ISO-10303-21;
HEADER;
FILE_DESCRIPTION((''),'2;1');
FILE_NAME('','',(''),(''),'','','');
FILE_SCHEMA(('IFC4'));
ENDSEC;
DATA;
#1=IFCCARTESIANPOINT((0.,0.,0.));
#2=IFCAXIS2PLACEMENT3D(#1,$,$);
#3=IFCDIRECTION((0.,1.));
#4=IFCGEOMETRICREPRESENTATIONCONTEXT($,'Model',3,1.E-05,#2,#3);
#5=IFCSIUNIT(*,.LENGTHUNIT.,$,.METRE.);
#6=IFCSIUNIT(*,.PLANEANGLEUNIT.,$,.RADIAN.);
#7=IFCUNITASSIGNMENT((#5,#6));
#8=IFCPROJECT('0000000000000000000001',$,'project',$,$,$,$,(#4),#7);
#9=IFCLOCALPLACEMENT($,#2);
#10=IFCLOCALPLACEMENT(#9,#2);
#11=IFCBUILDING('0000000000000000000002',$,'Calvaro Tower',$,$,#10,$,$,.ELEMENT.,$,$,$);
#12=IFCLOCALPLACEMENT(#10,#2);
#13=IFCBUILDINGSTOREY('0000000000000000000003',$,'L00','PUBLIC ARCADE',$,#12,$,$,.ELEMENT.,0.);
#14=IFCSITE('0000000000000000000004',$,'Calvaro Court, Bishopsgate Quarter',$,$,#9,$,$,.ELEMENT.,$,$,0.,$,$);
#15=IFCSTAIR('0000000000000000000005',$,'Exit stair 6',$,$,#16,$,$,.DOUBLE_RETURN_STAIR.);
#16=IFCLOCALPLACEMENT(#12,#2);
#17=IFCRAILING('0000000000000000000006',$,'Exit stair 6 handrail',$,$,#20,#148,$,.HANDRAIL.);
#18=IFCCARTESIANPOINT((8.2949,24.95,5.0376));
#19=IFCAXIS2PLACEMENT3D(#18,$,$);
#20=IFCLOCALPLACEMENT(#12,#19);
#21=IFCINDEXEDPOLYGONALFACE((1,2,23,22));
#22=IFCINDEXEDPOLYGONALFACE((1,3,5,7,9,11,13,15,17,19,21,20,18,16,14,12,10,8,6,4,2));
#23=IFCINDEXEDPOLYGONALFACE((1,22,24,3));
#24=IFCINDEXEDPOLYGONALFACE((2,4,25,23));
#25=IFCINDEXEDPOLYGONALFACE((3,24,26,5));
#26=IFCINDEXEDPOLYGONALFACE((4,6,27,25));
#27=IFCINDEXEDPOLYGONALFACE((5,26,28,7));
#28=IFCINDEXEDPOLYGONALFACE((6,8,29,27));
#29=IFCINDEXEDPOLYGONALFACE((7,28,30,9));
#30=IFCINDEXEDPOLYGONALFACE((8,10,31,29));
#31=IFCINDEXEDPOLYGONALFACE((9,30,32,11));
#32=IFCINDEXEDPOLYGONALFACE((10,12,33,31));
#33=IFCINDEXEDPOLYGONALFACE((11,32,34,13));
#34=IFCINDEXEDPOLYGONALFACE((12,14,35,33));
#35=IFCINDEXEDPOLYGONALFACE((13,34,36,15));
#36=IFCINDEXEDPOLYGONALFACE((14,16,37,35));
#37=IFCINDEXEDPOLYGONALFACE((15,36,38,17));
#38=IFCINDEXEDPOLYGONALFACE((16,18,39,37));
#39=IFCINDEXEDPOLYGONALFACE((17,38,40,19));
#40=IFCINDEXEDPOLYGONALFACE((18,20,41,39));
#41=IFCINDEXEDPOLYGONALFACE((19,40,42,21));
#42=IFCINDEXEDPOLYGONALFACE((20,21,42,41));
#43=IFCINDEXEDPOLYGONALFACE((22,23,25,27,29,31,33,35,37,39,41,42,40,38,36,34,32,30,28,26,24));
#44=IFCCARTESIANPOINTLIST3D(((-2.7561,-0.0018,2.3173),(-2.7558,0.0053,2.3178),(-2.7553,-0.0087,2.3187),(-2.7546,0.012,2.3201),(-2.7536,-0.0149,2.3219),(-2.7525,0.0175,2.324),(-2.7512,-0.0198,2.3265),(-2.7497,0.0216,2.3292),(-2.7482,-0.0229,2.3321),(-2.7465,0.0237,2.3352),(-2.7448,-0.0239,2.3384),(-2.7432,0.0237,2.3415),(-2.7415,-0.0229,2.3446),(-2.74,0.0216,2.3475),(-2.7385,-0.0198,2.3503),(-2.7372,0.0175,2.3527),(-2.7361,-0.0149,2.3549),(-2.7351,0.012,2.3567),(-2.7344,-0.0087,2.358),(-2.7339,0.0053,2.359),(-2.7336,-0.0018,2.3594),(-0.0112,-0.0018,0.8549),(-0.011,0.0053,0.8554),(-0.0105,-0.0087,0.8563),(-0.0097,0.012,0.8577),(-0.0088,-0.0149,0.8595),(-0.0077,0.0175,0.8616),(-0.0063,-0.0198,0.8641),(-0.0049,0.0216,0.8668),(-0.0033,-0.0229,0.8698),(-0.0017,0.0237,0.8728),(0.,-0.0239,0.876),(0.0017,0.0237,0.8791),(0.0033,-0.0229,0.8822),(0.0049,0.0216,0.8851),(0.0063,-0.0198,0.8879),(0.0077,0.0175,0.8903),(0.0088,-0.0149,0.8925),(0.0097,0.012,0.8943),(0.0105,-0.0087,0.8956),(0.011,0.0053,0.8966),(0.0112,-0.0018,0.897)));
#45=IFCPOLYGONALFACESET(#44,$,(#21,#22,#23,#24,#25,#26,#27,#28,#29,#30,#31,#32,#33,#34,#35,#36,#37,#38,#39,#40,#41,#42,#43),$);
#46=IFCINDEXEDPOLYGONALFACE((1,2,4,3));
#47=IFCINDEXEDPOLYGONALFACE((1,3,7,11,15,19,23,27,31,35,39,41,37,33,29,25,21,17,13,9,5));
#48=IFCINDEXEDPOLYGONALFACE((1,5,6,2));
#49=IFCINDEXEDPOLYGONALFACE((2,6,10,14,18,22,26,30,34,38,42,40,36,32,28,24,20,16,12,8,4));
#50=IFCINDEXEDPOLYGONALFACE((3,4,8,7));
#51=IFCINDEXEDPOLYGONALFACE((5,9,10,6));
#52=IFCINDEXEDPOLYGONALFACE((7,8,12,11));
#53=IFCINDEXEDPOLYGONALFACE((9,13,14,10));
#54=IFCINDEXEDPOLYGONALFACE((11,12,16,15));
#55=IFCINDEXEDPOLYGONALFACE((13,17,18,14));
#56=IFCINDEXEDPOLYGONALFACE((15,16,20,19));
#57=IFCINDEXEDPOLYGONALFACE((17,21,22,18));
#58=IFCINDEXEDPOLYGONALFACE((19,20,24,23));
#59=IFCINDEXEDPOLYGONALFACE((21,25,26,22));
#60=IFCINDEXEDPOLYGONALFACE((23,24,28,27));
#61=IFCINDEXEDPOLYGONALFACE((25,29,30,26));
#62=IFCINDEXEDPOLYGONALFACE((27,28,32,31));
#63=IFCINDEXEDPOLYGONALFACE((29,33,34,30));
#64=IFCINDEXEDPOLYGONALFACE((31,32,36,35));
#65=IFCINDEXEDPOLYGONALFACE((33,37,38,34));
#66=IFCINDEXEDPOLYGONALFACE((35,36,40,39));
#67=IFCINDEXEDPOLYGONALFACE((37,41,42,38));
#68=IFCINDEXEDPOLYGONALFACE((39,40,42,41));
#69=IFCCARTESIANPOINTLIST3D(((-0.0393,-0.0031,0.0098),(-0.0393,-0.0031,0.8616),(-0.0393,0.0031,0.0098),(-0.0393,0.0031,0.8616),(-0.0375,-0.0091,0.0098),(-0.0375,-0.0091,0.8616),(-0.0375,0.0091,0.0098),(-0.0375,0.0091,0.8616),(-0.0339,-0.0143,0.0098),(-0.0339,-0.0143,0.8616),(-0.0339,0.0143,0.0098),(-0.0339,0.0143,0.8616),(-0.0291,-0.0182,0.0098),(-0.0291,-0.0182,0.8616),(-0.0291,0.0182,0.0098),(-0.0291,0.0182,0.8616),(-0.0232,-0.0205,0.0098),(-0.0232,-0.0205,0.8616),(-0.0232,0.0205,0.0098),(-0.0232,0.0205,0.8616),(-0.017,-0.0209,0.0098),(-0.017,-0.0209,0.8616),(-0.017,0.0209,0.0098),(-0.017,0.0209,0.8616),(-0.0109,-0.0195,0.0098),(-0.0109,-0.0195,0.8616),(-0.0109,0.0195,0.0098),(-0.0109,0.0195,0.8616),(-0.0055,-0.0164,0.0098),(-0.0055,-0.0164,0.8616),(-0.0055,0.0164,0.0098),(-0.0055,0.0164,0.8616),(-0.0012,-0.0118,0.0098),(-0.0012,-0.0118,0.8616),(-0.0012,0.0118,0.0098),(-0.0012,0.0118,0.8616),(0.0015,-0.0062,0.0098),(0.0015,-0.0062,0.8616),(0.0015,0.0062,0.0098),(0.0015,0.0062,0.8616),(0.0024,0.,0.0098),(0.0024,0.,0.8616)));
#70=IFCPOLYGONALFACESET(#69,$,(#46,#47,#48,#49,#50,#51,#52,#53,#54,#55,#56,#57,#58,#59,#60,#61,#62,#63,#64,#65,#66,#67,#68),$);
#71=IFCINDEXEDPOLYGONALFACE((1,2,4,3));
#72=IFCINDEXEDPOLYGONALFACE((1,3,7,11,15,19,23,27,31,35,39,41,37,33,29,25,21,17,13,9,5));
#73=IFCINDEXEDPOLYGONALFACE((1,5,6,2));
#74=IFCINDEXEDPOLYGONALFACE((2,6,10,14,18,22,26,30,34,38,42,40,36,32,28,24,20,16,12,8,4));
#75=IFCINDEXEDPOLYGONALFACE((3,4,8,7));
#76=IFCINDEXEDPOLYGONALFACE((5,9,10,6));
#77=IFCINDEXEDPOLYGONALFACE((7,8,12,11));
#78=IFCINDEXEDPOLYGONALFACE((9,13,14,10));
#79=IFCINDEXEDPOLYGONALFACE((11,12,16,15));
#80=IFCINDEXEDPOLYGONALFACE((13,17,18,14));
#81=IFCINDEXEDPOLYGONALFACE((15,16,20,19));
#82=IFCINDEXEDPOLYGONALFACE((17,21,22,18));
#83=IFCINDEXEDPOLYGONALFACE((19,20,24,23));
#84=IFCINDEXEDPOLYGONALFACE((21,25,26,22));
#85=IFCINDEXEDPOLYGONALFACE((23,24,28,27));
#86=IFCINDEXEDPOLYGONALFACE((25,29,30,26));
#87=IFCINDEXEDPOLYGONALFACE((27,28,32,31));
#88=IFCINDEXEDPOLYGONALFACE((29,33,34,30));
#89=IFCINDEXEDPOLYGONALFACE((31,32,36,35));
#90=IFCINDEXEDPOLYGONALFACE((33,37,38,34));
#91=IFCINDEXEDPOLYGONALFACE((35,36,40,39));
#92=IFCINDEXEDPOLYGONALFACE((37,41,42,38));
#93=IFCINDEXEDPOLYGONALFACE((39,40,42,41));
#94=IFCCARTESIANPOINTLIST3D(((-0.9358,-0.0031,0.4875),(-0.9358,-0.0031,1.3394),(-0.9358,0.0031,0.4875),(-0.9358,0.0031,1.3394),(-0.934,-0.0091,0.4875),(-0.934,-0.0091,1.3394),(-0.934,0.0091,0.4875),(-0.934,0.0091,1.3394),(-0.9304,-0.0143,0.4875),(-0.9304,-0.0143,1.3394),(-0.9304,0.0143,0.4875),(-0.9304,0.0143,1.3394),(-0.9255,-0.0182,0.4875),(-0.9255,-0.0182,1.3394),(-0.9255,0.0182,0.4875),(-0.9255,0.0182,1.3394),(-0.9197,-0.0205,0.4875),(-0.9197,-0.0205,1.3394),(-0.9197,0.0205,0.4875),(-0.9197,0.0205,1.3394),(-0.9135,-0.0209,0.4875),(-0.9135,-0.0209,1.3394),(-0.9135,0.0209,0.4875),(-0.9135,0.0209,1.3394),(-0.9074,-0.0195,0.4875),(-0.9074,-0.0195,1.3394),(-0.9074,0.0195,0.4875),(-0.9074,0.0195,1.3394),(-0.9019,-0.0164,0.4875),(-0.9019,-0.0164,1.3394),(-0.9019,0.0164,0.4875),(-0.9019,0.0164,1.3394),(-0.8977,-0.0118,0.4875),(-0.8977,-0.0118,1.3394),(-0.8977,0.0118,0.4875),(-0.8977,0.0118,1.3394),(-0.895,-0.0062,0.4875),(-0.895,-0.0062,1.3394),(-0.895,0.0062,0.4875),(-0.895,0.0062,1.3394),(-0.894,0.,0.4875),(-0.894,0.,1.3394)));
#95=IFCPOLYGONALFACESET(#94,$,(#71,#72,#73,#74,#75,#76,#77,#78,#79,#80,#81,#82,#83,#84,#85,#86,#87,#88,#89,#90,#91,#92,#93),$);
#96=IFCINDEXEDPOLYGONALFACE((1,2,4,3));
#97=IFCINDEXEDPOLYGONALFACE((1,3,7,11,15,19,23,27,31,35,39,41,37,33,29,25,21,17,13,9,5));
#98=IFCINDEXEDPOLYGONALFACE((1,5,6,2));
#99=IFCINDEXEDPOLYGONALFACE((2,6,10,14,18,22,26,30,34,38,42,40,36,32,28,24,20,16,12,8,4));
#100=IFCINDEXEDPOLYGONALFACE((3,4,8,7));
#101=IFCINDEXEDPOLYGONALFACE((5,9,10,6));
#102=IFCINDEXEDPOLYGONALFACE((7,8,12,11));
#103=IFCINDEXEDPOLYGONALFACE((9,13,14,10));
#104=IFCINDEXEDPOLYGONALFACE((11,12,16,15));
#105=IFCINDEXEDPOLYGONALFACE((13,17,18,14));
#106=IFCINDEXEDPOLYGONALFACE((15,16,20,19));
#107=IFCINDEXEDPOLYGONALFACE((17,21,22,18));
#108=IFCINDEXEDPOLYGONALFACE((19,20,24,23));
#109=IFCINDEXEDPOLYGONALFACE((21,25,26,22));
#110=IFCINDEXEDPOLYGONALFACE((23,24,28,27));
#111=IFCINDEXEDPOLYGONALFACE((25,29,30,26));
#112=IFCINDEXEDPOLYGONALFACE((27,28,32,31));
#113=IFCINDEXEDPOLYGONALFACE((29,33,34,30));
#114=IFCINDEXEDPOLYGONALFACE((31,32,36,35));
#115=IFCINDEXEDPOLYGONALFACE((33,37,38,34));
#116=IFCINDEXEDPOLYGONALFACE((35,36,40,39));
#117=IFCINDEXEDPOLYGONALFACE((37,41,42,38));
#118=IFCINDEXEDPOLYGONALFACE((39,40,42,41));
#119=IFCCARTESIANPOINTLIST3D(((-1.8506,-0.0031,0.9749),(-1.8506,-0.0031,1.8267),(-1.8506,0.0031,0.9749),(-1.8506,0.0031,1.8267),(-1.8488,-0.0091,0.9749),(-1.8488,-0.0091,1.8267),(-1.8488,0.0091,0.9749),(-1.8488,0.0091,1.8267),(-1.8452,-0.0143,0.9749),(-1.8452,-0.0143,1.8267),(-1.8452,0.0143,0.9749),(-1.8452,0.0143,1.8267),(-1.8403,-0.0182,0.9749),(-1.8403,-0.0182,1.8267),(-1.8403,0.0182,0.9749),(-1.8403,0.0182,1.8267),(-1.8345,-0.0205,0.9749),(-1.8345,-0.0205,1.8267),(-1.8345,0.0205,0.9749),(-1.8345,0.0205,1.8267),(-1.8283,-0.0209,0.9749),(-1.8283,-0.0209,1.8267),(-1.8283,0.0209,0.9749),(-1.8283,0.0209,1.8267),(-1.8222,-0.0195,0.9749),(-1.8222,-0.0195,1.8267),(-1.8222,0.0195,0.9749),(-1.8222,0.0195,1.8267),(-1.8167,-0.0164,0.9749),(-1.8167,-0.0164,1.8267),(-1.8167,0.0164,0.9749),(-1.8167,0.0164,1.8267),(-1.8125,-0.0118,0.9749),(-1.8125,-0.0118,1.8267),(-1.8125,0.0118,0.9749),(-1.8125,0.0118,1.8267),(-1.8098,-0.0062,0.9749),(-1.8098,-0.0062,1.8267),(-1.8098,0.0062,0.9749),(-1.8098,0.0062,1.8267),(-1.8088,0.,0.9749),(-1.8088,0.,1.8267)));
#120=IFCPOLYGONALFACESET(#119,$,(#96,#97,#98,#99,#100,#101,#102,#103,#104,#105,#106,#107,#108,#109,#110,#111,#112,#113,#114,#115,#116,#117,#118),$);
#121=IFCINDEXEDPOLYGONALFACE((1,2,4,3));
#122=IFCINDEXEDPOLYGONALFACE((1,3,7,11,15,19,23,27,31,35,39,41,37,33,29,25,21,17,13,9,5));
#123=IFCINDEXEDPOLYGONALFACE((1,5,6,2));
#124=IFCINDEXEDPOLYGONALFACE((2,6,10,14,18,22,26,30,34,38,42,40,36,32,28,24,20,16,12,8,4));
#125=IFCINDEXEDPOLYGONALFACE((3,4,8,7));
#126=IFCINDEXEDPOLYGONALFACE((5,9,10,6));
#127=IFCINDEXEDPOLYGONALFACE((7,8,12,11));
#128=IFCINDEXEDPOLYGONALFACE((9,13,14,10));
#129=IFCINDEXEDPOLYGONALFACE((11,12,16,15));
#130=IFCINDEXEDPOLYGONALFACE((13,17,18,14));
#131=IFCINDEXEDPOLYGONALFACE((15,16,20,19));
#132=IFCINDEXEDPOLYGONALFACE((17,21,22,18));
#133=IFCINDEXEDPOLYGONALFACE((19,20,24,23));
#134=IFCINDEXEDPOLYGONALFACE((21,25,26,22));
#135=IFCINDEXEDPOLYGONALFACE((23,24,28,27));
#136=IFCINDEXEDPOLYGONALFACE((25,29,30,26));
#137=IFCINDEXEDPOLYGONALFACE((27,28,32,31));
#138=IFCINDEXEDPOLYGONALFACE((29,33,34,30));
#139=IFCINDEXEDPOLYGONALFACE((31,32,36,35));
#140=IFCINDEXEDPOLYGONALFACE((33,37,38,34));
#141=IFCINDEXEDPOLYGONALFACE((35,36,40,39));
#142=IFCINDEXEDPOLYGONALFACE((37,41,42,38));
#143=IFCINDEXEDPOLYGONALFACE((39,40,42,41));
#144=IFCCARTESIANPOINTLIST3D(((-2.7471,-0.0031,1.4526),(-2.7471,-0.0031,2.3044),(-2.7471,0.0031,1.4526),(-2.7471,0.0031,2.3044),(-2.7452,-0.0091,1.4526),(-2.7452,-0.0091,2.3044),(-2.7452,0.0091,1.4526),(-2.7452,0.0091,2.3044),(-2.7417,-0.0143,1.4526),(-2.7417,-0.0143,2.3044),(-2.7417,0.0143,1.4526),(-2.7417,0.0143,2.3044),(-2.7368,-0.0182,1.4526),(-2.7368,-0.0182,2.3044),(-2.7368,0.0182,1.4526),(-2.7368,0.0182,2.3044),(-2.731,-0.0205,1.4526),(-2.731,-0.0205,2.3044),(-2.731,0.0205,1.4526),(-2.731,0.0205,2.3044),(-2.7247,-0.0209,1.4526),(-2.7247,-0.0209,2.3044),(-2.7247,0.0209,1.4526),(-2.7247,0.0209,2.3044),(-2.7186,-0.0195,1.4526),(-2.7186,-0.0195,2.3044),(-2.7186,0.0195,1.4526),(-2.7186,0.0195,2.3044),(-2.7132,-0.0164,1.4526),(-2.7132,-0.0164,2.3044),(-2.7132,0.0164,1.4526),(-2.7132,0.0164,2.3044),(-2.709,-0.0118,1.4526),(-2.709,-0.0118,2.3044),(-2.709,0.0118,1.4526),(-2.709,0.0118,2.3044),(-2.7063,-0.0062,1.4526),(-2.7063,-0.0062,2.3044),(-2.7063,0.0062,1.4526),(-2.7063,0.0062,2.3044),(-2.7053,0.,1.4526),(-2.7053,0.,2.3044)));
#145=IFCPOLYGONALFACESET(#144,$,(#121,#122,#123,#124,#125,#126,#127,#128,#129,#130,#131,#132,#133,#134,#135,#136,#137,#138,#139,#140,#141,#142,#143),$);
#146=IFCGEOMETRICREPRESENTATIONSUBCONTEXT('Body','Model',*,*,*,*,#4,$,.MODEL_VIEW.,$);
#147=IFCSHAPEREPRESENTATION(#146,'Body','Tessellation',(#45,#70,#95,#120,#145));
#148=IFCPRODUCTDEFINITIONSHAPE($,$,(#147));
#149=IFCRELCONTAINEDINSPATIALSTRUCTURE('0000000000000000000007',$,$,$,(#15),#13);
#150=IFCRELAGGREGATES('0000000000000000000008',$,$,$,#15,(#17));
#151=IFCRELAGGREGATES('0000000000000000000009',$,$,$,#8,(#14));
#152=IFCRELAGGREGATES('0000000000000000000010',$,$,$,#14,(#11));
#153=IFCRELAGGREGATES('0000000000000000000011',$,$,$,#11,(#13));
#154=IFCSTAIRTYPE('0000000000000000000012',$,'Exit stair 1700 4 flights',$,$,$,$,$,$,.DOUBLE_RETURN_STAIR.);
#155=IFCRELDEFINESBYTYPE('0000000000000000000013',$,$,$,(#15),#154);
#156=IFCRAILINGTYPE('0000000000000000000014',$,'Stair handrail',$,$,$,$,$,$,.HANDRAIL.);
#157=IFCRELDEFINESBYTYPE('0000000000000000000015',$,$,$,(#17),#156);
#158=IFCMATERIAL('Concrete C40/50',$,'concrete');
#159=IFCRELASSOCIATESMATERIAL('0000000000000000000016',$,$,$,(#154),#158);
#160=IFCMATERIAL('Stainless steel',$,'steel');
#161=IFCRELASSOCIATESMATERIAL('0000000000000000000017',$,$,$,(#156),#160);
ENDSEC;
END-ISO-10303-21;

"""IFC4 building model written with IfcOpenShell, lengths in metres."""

from ifc_helpers import new_model, si_unit, direction, frame, origin, origin_2d, place, context, subcontext, project, spatial, circle, extrude, material, type_object, element, aggregate, save


model = new_model("IFC4")

# Units and contexts
model_context = context("Model", 3, precision=1e-05, world=origin(), true_north=direction((0.0, 1.0)))
body_context = subcontext(model_context, "Body", "Model", "MODEL_VIEW")
ifc_project = project(units=[si_unit("LENGTHUNIT", "METRE"), si_unit("PLANEANGLEUNIT", "RADIAN")], contexts=[model_context])

# Site, building, storey
site_placement = place(None, origin())
site = spatial("IfcSite", under=ifc_project, at=site_placement, Name="Calvaro Court, Bishopsgate Quarter", CompositionType="ELEMENT", RefElevation=0.0)
building_placement = place(site_placement, origin())
building = spatial("IfcBuilding", under=site, at=building_placement, Name="Calvaro Tower", CompositionType="ELEMENT")
storey_placement = place(building_placement, origin())
storey = spatial("IfcBuildingStorey", under=building, at=storey_placement, Name="L00", Description="PUBLIC ARCADE", CompositionType="ELEMENT", Elevation=0.0)

# Stair, railing
ifc_material_1 = material(Name="Concrete C40/50", Category="concrete")
stair_type = type_object("IfcStairType", Name="Exit stair 1700 4 flights", PredefinedType="DOUBLE_RETURN_STAIR", material=ifc_material_1)
stair_placement = place(storey_placement, origin())
stair = element("IfcStair", 1, at=stair_placement, inside=storey, type_object=stair_type, Name="Exit stair 6", PredefinedType="DOUBLE_RETURN_STAIR")
ifc_material_2 = material(Name="Stainless steel", Category="steel")
railing_type = type_object("IfcRailingType", Name="Stair handrail", PredefinedType="HANDRAIL", material=ifc_material_2)
railing_1_placement = place(storey_placement, frame((8.2949, 24.95, 5.0376)))
railing_1 = element("IfcRailing", 2, at=railing_1_placement, type_object=railing_type, Name="Exit stair 6 handrail", PredefinedType="HANDRAIL", context=body_context, shape_type="SweptSolid", body=[
    extrude(circle(Radius=0.0239, at=origin_2d()), frame((0.0, 0.0, 0.876), z_axis=(-0.882557, 0.0, 0.470205), x_axis=(0.0, -1.0, 0.0)), (0.0, 0.0, 1.0), 3.1101),
    extrude(circle(Radius=0.021, at=origin_2d()), frame((-0.0186, 0.0, 0.0098)), (0.0, 0.0, 1.0), 0.8518),
    extrude(circle(Radius=0.021, at=origin_2d()), frame((-0.915, 0.0, 0.4875)), (0.0, 0.0, 1.0), 0.8518),
    extrude(circle(Radius=0.021, at=origin_2d()), frame((-1.8298, 0.0, 0.9749)), (0.0, 0.0, 1.0), 0.8518),
    extrude(circle(Radius=0.021, at=origin_2d()), frame((-2.7263, 0.0, 1.4526)), (0.0, 0.0, 1.0), 0.8518),
])
aggregate(stair, [railing_1])

save(model, "model.ifc")
